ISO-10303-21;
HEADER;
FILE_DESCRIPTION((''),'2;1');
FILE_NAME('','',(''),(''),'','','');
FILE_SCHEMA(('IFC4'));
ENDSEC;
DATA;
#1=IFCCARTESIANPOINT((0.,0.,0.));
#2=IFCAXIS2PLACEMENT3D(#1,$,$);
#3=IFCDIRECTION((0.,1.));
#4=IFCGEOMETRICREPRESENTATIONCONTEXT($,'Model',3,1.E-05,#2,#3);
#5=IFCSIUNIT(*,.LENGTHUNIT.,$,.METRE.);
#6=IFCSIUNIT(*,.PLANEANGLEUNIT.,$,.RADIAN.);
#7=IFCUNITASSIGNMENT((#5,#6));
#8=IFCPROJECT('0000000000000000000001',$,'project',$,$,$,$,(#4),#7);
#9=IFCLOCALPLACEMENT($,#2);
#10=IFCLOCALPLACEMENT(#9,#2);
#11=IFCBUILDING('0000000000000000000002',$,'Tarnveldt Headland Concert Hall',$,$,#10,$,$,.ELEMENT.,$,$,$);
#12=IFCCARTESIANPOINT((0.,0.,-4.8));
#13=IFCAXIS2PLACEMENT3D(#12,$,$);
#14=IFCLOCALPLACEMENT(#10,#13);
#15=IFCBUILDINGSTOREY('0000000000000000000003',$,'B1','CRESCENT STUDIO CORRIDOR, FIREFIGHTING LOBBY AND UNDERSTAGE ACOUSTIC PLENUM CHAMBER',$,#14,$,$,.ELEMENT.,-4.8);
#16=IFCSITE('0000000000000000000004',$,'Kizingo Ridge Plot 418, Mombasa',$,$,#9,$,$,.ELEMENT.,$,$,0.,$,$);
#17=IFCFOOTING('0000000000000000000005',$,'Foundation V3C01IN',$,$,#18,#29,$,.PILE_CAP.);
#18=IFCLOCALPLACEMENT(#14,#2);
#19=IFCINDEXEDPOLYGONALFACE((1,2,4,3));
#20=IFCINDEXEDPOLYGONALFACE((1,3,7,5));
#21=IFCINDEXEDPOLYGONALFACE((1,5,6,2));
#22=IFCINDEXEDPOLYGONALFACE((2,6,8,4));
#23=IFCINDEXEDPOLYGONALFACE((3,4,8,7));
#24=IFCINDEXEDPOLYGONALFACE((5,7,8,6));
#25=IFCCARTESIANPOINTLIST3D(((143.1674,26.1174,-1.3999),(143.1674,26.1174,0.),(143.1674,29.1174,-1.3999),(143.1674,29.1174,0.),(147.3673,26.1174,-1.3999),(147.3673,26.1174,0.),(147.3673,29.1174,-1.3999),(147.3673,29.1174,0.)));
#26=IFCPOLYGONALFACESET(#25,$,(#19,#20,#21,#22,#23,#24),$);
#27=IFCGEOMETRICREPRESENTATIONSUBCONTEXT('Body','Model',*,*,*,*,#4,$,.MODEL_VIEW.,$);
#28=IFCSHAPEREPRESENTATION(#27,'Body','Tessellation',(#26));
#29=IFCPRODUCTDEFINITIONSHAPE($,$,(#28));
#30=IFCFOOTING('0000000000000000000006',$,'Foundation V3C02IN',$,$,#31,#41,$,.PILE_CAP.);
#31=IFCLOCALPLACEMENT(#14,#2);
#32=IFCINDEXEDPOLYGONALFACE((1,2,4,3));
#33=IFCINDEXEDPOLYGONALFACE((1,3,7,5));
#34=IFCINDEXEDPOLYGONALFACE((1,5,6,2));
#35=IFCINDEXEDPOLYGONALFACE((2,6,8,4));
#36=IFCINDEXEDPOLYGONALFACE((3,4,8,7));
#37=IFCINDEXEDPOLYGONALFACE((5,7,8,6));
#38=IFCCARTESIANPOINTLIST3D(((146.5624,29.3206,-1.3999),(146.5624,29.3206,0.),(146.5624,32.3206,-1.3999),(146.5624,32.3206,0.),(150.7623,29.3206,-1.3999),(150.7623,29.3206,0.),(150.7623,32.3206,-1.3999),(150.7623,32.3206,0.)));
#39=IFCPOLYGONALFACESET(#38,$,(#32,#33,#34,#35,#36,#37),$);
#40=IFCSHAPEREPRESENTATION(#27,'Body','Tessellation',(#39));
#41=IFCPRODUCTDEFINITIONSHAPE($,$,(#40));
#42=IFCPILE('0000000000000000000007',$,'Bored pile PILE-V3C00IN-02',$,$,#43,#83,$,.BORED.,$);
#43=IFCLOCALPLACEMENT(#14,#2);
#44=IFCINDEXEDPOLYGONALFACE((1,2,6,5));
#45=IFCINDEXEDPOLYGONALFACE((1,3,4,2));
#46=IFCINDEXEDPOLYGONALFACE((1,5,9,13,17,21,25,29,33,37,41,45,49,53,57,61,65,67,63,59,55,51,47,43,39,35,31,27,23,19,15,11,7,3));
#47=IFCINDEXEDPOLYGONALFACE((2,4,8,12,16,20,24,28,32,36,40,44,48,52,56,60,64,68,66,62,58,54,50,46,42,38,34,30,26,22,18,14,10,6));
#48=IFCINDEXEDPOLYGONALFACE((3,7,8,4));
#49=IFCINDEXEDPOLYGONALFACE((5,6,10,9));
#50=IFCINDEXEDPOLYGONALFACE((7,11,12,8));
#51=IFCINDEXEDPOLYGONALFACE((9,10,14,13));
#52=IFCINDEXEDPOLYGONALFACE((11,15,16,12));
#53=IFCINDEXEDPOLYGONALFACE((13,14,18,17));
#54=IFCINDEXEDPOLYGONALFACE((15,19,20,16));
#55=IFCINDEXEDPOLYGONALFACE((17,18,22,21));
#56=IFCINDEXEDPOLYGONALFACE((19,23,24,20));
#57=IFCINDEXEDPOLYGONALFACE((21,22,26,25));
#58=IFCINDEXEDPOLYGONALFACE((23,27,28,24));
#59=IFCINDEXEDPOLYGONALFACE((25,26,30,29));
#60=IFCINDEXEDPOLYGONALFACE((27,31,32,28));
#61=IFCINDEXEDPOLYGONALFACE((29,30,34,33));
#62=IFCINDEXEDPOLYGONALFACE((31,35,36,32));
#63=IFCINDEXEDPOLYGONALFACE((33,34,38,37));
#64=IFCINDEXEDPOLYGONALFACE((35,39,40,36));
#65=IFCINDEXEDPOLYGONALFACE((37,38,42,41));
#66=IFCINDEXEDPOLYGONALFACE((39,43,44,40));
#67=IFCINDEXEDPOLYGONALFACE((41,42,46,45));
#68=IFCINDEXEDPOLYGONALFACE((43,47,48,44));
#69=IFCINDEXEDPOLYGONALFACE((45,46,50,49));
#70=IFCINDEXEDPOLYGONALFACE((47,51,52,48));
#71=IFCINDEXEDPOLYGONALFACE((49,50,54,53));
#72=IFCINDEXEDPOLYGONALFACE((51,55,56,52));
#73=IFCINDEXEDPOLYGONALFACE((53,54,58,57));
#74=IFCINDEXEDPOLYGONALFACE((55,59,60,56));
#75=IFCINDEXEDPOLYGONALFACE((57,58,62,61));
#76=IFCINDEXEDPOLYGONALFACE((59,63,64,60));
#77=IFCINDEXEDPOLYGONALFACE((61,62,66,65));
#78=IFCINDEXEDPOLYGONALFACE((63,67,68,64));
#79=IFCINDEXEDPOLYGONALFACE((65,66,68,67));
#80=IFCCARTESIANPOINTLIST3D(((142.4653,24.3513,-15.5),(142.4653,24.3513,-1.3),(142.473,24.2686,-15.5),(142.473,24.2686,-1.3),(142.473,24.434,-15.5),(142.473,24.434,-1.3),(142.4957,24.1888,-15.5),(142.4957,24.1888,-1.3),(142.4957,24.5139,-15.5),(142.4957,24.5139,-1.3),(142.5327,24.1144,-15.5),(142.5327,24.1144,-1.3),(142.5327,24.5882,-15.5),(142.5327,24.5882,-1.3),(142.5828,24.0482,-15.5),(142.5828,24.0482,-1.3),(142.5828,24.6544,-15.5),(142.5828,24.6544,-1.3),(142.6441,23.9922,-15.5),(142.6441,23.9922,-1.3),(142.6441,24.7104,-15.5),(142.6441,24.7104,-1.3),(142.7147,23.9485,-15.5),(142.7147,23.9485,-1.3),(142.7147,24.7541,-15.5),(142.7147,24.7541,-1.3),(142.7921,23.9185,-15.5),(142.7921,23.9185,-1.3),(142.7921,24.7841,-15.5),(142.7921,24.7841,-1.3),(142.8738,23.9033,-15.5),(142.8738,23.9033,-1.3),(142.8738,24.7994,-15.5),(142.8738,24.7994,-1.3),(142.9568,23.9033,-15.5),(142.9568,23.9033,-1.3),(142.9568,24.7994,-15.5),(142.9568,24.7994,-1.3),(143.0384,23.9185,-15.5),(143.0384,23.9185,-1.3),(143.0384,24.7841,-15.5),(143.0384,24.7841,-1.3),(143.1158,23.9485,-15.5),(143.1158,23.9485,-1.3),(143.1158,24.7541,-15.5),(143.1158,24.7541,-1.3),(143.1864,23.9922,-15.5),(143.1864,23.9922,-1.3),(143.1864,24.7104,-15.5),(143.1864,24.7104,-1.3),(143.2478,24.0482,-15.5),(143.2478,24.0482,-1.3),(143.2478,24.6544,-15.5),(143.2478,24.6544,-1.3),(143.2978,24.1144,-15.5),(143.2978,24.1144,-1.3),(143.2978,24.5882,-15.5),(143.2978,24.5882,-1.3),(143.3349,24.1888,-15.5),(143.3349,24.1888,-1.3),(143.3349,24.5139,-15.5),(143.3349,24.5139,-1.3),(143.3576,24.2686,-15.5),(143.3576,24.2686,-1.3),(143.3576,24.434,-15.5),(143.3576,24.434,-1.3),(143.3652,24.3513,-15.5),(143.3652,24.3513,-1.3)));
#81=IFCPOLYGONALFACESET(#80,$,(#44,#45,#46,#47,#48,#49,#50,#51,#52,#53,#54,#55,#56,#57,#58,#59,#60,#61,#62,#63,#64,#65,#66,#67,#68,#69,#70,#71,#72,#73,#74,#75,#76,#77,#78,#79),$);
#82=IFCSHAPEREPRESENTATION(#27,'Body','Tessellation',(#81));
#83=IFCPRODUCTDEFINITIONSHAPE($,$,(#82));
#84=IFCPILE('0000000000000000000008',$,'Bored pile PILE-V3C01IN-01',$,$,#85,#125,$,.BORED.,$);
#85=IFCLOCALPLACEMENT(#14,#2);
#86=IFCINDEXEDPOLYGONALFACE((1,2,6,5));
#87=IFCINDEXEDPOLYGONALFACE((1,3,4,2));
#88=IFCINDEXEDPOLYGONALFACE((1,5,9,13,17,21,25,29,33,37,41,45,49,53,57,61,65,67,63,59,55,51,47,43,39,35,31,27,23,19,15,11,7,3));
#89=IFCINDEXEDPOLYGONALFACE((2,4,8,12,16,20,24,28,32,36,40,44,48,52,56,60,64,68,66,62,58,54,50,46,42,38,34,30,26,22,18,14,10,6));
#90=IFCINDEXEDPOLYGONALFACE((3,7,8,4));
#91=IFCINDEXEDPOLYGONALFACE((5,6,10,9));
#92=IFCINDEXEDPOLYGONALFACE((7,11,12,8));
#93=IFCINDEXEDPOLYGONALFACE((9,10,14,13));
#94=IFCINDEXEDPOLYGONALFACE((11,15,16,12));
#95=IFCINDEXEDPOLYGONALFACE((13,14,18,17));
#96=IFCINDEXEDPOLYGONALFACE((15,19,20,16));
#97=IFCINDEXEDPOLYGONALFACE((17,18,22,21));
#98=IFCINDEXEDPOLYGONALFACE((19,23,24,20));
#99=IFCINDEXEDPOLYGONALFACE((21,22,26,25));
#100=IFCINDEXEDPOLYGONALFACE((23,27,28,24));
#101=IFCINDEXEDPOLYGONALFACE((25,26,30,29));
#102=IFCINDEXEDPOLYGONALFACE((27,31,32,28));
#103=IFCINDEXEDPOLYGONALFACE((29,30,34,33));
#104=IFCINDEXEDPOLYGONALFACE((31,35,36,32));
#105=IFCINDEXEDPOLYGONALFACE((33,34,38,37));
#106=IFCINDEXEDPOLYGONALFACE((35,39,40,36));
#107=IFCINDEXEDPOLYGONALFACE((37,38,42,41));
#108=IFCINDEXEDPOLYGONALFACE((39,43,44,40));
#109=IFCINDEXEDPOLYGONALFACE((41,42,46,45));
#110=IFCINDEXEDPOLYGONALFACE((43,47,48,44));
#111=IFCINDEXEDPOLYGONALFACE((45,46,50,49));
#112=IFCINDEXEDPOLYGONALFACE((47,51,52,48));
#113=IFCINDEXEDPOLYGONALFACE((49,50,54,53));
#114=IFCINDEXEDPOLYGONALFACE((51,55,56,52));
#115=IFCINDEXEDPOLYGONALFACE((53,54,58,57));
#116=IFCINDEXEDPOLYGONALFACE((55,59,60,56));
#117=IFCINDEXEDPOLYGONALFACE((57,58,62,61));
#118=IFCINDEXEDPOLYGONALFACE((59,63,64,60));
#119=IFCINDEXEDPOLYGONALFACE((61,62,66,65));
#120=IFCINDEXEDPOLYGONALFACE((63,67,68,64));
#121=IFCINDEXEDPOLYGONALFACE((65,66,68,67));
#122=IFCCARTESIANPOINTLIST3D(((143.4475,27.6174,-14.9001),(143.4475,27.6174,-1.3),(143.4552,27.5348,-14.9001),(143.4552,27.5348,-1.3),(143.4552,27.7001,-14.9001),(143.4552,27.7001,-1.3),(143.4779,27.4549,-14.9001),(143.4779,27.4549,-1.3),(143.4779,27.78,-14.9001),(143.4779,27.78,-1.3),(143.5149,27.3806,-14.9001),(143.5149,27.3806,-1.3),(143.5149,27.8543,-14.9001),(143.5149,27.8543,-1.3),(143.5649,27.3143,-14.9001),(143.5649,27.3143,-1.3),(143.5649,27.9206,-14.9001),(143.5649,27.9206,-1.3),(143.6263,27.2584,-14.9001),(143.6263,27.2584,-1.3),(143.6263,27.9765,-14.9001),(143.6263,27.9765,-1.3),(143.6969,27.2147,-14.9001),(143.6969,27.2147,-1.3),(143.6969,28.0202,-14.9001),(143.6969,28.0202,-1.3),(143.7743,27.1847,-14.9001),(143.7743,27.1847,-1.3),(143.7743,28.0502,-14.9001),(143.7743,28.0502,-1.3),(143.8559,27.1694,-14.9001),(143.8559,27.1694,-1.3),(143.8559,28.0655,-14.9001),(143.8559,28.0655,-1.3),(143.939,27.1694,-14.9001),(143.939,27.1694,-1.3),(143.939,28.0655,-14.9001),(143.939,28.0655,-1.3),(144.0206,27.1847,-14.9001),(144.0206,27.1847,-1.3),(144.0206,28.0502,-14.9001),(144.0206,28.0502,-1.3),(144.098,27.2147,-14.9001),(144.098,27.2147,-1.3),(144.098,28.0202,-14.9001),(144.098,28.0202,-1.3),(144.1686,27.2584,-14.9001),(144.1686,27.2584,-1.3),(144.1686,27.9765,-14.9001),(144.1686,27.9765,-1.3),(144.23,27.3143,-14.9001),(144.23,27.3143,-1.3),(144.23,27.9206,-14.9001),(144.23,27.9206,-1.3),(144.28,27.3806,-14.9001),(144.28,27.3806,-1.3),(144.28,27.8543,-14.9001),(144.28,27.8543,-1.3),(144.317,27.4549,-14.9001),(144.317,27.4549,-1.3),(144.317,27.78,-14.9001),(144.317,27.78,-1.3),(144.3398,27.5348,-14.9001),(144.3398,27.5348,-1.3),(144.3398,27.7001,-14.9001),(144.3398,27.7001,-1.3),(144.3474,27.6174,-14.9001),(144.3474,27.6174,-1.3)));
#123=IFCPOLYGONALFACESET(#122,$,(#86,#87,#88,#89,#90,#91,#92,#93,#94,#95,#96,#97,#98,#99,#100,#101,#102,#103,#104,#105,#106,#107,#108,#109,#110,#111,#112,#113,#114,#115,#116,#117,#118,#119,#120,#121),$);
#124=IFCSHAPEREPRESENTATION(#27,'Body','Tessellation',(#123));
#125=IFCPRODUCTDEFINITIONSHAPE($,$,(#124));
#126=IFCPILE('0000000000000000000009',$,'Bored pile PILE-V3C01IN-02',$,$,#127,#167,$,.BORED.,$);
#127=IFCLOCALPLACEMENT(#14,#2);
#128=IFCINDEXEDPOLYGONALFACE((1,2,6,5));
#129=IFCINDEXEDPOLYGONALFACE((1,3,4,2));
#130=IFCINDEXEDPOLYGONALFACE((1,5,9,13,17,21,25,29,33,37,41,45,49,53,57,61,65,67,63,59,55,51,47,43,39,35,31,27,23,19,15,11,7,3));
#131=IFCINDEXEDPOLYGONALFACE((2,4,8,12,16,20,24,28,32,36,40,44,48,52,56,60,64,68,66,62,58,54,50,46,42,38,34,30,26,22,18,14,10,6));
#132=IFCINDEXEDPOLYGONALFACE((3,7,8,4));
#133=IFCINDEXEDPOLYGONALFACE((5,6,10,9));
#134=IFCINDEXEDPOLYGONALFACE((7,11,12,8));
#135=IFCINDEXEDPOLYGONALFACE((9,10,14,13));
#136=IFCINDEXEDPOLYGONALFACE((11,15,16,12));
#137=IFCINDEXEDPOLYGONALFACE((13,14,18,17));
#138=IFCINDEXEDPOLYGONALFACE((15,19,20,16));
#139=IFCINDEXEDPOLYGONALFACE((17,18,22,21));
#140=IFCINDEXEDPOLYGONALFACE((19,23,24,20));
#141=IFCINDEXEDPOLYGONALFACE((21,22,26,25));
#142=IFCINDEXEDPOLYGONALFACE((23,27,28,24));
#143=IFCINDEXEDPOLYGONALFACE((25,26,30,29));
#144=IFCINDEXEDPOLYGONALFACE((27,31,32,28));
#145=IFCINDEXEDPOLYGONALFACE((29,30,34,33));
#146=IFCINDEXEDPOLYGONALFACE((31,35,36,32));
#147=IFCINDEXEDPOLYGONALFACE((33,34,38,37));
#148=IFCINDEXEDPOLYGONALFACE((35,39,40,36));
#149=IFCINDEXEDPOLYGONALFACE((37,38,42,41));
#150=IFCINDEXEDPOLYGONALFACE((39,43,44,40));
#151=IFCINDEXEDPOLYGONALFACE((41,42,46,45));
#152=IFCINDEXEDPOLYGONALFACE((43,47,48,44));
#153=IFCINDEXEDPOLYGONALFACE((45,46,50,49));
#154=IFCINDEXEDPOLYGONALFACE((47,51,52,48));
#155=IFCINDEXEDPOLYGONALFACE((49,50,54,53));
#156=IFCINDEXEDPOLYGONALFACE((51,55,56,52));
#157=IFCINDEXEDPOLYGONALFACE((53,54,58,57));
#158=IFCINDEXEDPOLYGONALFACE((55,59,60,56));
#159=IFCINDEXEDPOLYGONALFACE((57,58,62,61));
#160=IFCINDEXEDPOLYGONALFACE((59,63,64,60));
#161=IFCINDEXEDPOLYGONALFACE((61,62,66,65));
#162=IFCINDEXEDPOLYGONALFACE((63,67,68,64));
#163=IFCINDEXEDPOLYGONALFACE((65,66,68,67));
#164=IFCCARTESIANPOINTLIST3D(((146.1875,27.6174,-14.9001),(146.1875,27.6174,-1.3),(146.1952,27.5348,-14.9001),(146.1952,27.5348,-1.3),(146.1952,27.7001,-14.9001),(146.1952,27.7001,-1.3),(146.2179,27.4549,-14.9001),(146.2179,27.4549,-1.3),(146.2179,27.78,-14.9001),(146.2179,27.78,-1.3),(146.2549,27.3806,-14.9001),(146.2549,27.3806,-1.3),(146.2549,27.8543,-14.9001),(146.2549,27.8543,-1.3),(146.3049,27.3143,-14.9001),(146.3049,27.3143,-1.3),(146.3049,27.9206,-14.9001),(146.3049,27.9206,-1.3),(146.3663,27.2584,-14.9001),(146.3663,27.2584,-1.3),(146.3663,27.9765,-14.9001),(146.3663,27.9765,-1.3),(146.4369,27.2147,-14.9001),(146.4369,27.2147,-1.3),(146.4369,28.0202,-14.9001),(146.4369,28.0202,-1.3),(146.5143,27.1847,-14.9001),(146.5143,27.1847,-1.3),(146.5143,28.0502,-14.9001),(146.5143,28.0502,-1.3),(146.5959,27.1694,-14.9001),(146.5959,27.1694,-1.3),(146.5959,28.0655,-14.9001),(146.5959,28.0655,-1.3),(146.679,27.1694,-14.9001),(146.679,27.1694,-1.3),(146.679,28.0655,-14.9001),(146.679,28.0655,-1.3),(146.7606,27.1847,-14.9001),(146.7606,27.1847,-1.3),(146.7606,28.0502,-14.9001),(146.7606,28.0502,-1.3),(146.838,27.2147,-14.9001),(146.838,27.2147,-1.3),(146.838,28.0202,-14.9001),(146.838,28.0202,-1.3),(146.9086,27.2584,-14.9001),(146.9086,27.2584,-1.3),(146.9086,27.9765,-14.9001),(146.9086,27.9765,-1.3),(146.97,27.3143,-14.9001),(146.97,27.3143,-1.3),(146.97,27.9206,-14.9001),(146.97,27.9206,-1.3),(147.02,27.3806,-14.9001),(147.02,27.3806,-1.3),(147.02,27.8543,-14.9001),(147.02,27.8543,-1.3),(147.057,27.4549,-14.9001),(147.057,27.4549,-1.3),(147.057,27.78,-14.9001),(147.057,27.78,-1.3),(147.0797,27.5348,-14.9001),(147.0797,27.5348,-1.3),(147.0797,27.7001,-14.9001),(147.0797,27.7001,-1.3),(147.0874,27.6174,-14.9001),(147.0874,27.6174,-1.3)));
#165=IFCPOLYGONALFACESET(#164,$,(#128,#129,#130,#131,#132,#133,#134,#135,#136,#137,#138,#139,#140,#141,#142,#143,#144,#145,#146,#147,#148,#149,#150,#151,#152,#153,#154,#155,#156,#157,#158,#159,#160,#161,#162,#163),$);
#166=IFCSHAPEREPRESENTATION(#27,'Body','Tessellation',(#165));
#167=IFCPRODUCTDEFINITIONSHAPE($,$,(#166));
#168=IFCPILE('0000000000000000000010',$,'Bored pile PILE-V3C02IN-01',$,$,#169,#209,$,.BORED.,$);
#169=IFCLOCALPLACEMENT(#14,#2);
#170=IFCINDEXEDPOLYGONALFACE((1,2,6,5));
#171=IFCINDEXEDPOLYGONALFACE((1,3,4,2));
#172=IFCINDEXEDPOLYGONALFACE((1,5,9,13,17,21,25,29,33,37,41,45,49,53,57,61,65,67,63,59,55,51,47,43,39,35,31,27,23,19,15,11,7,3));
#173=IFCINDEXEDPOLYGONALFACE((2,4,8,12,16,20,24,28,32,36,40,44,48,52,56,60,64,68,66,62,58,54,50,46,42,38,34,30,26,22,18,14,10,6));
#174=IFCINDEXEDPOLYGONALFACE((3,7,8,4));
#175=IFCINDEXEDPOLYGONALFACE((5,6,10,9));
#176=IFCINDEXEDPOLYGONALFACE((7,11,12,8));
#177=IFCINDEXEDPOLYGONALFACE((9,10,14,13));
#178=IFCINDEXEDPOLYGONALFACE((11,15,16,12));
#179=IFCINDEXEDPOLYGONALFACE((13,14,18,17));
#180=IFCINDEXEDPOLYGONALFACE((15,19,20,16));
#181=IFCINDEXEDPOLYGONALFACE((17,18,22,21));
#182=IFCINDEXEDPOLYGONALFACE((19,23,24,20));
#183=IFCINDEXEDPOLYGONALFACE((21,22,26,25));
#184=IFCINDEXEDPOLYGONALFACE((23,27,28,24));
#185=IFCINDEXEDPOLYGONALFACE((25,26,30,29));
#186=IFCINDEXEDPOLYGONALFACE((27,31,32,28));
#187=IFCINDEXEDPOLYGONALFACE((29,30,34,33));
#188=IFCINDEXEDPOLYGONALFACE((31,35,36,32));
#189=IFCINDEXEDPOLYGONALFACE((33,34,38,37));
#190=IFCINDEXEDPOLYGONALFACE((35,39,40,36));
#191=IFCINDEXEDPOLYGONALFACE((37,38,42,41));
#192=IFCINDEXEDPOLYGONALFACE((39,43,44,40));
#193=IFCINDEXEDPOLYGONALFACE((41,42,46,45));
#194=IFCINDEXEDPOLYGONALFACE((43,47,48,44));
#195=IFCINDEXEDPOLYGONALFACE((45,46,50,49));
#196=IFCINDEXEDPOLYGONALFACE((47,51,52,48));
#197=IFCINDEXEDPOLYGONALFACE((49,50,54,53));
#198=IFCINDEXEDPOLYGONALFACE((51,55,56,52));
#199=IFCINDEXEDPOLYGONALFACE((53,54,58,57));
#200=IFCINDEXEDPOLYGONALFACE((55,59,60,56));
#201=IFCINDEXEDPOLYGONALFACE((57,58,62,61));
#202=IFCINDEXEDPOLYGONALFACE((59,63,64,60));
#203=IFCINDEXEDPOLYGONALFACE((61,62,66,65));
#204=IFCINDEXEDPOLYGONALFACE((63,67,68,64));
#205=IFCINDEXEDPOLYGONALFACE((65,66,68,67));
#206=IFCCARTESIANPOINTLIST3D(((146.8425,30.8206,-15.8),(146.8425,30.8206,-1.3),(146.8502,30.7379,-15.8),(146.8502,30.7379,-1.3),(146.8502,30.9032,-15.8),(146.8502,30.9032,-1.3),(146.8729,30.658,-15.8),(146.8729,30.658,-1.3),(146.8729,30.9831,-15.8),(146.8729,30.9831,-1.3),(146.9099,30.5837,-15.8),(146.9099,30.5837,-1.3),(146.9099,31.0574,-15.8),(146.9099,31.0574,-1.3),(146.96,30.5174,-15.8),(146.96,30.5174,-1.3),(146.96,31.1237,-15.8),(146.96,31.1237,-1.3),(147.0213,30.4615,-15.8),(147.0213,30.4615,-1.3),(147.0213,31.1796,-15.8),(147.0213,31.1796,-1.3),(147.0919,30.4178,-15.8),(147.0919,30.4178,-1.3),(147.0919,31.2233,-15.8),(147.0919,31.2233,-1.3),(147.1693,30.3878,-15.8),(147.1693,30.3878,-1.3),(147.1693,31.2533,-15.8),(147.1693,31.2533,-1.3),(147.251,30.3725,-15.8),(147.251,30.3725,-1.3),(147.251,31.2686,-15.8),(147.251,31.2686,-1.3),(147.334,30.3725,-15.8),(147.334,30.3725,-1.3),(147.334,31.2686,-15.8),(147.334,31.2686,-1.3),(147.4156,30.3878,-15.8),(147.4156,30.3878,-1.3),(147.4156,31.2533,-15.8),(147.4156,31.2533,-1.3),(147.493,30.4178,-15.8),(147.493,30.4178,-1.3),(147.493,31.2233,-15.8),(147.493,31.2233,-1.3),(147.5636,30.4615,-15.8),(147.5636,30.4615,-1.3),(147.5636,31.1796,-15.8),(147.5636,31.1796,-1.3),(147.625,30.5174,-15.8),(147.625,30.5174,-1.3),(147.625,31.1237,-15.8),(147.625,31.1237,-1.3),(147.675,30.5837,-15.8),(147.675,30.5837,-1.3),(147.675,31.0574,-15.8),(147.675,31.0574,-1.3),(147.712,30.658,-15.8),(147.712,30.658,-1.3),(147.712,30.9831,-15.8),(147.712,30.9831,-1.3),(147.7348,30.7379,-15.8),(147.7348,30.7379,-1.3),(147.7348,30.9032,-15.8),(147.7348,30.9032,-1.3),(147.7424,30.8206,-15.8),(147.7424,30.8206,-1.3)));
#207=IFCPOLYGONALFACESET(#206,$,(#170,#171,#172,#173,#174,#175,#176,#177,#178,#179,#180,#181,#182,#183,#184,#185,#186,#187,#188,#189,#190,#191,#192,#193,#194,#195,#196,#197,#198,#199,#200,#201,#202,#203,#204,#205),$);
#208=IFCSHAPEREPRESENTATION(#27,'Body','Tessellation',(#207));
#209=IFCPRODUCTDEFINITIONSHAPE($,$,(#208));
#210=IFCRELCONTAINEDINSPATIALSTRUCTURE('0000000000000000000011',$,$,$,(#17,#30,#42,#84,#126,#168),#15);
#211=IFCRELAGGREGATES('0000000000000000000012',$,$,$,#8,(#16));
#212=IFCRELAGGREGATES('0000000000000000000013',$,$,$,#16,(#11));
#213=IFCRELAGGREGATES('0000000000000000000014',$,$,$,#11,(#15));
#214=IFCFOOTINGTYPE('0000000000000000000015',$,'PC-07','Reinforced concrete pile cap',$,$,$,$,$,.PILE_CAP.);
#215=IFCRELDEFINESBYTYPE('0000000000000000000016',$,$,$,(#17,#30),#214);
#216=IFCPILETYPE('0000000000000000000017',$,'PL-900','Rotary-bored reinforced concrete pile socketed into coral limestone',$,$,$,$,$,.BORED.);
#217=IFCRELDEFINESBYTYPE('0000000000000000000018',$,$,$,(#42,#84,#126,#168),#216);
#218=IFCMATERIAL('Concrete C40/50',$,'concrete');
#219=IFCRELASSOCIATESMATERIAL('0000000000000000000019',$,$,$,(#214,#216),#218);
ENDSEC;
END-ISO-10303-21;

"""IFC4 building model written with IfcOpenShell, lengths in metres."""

from ifc_helpers import new_model, si_unit, direction, frame, origin, origin_2d, place, context, subcontext, project, spatial, rectangle, circle, extrude, material, material_profile, profile_set, type_object, element, save


model = new_model("IFC4")

# Units and contexts
model_context = context("Model", 3, precision=1e-05, world=origin(), true_north=direction((0.0, 1.0)))
body_context = subcontext(model_context, "Body", "Model", "MODEL_VIEW")
ifc_project = project(units=[si_unit("LENGTHUNIT", "METRE"), si_unit("PLANEANGLEUNIT", "RADIAN")], contexts=[model_context])

# Site, building, storey
site_placement = place(None, origin())
site = spatial("IfcSite", under=ifc_project, at=site_placement, Name="Kizingo Ridge Plot 418, Mombasa", CompositionType="ELEMENT", RefElevation=0.0)
building_placement = place(site_placement, origin())
building = spatial("IfcBuilding", under=site, at=building_placement, Name="Tarnveldt Headland Concert Hall", CompositionType="ELEMENT")
storey_placement = place(building_placement, frame((0.0, 0.0, -4.8)))
storey = spatial("IfcBuildingStorey", under=building, at=storey_placement, Name="B1", Description="CRESCENT STUDIO CORRIDOR, FIREFIGHTING LOBBY AND UNDERSTAGE ACOUSTIC PLENUM CHAMBER", CompositionType="ELEMENT", Elevation=-4.8)

# Footings
ifc_material_1 = material(Name="Concrete C40/50", Category="concrete")
footing_type = type_object("IfcFootingType", Name="PC-07", Description="Reinforced concrete pile cap", PredefinedType="PILE_CAP", material=ifc_material_1)
for number, where, z_axis, x_axis, name in (
    (1, (145.2673, 27.6174, -1.3999), (0.0, 0.0, 1.0), (1.0, 0.0, 0.0), "Foundation V3C01IN"),
    (2, (148.6624, 30.8206, -1.3999), (0.0, 0.0, 1.0), (1.0, 0.0, 0.0), "Foundation V3C02IN"),
):
    element("IfcFooting", number, at=place(storey_placement, frame(where, z_axis=z_axis, x_axis=x_axis)), inside=storey, type_object=footing_type, Name=name, PredefinedType="PILE_CAP", context=body_context, shape_type="SweptSolid", body=[
        extrude(rectangle(XDim=4.2, YDim=3.0, at=origin_2d()), origin(), (0.0, 0.0, 1.0), 1.3999),
    ])

# Piles
ifc_material_profile_1 = material_profile(ifc_material_1, circle(Radius=0.45, at=origin_2d()), Name="BORED PILE D900", Category="concrete")
ifc_profile_set_1 = profile_set([ifc_material_profile_1], Name="Concrete C40/50")
pile_type = type_object("IfcPileType", Name="PL-900", Description="Rotary-bored reinforced concrete pile socketed into coral limestone", PredefinedType="BORED", material=ifc_profile_set_1)
pile_placement = place(storey_placement, frame((142.9153, 24.3513, -1.3), z_axis=(0.0, 0.0, -1.0), x_axis=(1.0, 0.0, 0.0)))
element("IfcPile", 3, at=pile_placement, inside=storey, type_object=pile_type, Name="Bored pile PILE-V3C00IN-02", PredefinedType="BORED", context=body_context, shape_type="SweptSolid", body=[
    extrude(circle(Radius=0.45, at=origin_2d()), origin(), (0.0, 0.0, 1.0), 14.2),
])
for number, where, z_axis, x_axis, name in (
    (4, (143.8975, 27.6174, -1.3), (0.0, 0.0, -1.0), (1.0, 0.0, 0.0), "Bored pile PILE-V3C01IN-01"),
    (5, (146.6375, 27.6174, -1.3), (0.0, 0.0, -1.0), (1.0, 0.0, 0.0), "Bored pile PILE-V3C01IN-02"),
):
    element("IfcPile", number, at=place(storey_placement, frame(where, z_axis=z_axis, x_axis=x_axis)), inside=storey, type_object=pile_type, Name=name, PredefinedType="BORED", context=body_context, shape_type="SweptSolid", body=[
        extrude(circle(Radius=0.45, at=origin_2d()), origin(), (0.0, 0.0, 1.0), 13.6001),
    ])
for number, where, z_axis, x_axis, name in (
    (6, (147.2925, 30.8206, -1.3), (0.0, 0.0, -1.0), (1.0, 0.0, 0.0), "Bored pile PILE-V3C02IN-01"),
):
    element("IfcPile", number, at=place(storey_placement, frame(where, z_axis=z_axis, x_axis=x_axis)), inside=storey, type_object=pile_type, Name=name, PredefinedType="BORED", context=body_context, shape_type="SweptSolid", body=[
        extrude(circle(Radius=0.45, at=origin_2d()), origin(), (0.0, 0.0, 1.0), 14.5),
    ])

save(model, "model.ifc")
